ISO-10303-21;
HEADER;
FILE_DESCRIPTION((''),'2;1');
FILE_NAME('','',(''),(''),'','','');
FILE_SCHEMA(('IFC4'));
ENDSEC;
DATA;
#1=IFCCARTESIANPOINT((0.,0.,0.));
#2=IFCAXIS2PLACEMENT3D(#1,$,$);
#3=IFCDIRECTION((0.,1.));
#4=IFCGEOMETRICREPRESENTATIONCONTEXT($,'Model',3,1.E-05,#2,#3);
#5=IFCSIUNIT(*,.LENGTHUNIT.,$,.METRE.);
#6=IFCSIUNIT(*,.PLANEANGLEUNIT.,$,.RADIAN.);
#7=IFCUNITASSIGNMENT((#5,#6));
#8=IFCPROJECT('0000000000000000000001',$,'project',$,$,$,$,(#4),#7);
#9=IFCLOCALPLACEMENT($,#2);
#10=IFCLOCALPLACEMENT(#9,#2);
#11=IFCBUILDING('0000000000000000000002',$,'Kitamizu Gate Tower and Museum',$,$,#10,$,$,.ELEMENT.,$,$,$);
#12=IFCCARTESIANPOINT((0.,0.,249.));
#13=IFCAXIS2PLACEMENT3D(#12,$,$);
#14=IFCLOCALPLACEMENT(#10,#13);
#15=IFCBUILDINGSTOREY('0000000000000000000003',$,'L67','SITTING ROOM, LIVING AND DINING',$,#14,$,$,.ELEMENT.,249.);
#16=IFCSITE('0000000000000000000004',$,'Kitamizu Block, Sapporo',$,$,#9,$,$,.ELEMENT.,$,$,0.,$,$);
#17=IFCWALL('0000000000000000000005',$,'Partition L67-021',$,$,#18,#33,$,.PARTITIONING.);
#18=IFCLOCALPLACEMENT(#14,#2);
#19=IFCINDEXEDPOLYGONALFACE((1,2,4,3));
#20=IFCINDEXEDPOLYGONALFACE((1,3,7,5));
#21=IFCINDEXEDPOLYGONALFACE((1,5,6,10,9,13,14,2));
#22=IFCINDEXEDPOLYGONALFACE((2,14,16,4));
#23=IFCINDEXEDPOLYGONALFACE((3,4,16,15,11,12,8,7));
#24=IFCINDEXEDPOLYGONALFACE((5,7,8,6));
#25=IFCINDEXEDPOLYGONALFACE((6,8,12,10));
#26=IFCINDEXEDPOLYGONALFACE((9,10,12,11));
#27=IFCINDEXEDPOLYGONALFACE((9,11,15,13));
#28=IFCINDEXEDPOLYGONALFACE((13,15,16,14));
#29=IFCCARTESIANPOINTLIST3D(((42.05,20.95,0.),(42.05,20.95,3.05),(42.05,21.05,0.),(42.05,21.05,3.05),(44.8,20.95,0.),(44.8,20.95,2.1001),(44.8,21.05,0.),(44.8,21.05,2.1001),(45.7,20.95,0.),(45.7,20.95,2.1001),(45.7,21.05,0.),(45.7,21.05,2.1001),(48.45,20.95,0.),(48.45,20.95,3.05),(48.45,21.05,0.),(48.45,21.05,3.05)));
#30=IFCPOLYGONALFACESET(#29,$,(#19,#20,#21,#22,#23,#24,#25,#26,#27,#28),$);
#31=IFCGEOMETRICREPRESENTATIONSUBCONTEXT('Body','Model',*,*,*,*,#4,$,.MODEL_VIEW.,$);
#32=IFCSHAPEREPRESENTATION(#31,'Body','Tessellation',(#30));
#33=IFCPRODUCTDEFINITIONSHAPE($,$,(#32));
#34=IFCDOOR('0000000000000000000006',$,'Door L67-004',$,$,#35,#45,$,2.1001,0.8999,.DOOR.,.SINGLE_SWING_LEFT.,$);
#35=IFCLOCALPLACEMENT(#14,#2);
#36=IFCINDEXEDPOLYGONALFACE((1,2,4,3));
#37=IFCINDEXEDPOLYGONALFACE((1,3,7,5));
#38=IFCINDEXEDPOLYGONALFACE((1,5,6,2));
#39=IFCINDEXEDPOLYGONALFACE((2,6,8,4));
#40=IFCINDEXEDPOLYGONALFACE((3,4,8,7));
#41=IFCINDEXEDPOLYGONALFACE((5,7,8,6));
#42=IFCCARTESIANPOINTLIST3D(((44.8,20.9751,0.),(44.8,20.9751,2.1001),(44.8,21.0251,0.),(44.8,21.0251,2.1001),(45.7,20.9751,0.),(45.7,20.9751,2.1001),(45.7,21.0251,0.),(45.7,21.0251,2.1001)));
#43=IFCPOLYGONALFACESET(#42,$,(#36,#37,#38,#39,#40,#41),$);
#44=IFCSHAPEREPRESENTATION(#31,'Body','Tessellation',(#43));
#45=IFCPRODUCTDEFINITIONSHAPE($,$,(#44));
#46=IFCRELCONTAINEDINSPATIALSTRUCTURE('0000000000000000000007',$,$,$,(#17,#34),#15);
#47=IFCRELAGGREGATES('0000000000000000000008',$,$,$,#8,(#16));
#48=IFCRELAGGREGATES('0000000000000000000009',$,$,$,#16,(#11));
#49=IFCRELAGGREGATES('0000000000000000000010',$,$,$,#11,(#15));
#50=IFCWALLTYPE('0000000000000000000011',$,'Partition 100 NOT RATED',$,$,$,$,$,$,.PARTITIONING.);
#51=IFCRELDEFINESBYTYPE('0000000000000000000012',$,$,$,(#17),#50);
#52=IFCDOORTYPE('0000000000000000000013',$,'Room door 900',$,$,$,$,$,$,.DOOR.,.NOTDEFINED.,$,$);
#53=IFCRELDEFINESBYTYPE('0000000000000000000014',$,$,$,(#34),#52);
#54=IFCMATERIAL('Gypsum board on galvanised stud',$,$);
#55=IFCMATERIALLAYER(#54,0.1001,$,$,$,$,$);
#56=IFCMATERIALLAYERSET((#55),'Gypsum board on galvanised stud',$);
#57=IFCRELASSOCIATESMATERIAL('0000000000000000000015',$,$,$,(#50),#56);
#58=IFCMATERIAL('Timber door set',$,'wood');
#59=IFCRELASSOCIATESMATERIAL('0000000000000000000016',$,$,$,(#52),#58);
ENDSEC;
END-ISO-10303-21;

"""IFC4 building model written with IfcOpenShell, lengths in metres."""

from ifc_helpers import new_model, si_unit, direction, frame, frame_2d, origin, place, context, subcontext, project, spatial, rectangle, extrude, material, layer, layer_set, type_object, element, fill, save


model = new_model("IFC4")

# Units and contexts
model_context = context("Model", 3, precision=1e-05, world=origin(), true_north=direction((0.0, 1.0)))
body_context = subcontext(model_context, "Body", "Model", "MODEL_VIEW")
ifc_project = project(units=[si_unit("LENGTHUNIT", "METRE"), si_unit("PLANEANGLEUNIT", "RADIAN")], contexts=[model_context])

# Site, building, storey
site_placement = place(None, origin())
site = spatial("IfcSite", under=ifc_project, at=site_placement, Name="Kitamizu Block, Sapporo", CompositionType="ELEMENT", RefElevation=0.0)
building_placement = place(site_placement, origin())
building = spatial("IfcBuilding", under=site, at=building_placement, Name="Kitamizu Gate Tower and Museum", CompositionType="ELEMENT")
storey_placement = place(building_placement, frame((0.0, 0.0, 249.0)))
storey = spatial("IfcBuildingStorey", under=building, at=storey_placement, Name="L67", Description="SITTING ROOM, LIVING AND DINING", CompositionType="ELEMENT", Elevation=249.0)

# Shared definitions
ifc_material_1 = material(Name="Gypsum board on galvanised stud")
ifc_layer_1 = layer(ifc_material_1, 0.1001)
ifc_layer_set_1 = layer_set([ifc_layer_1], Name="Gypsum board on galvanised stud")
wall_type_1 = type_object("IfcWallType", Name="Partition 100 NOT RATED", PredefinedType="PARTITIONING", material=ifc_layer_set_1)
ifc_material_2 = material(Name="Timber door set", Category="wood")
door_type_1 = type_object("IfcDoorType", Name="Room door 900", OperationType="NOTDEFINED", PredefinedType="DOOR", material=ifc_material_2)

# Wall, opening, door
wall_1_placement = place(storey_placement, frame((48.45, 21.0, 0.0), z_axis=(0.0, 0.0, 1.0), x_axis=(-1.0, 0.0, 0.0)))
wall_1 = element("IfcWall", 1, at=wall_1_placement, inside=storey, type_object=wall_type_1, Name="Partition L67-021", PredefinedType="PARTITIONING", context=body_context, shape_type="SweptSolid", body=[
    extrude(rectangle(XDim=6.3999, YDim=0.1001, at=frame_2d((3.2, 0.0))), origin(), (0.0, 0.0, 1.0), 3.05),
])
opening_1_placement = place(wall_1_placement, frame((2.75, 0.0, 0.0)))
opening_1 = element("IfcOpeningElement", 2, at=opening_1_placement, cuts=wall_1, PredefinedType="OPENING", context=body_context, shape_type="SweptSolid", body=[
    extrude(rectangle(XDim=0.8999, YDim=2.1001, at=frame_2d((0.45, 1.05))), frame((0.0, 0.0601, 0.0), z_axis=(0.0, -1.0, 0.0), x_axis=(1.0, 0.0, 0.0)), (0.0, 0.0, 1.0), 0.1201),
])
door_1_placement = place(opening_1_placement, origin())
door_1 = element("IfcDoor", 3, at=door_1_placement, inside=storey, type_object=door_type_1, Name="Door L67-004", OperationType="SINGLE_SWING_LEFT", OverallHeight=2.1001, OverallWidth=0.8999, PredefinedType="DOOR", context=body_context, shape_type="SweptSolid", body=[
    extrude(rectangle(XDim=0.8999, YDim=2.1001, at=frame_2d((0.45, 1.05))), frame((0.0, 0.0249, 0.0), z_axis=(0.0, -1.0, 0.0), x_axis=(1.0, 0.0, 0.0)), (0.0, 0.0, 1.0), 0.05),
])
fill(opening_1, door_1)

save(model, "model.ifc")
